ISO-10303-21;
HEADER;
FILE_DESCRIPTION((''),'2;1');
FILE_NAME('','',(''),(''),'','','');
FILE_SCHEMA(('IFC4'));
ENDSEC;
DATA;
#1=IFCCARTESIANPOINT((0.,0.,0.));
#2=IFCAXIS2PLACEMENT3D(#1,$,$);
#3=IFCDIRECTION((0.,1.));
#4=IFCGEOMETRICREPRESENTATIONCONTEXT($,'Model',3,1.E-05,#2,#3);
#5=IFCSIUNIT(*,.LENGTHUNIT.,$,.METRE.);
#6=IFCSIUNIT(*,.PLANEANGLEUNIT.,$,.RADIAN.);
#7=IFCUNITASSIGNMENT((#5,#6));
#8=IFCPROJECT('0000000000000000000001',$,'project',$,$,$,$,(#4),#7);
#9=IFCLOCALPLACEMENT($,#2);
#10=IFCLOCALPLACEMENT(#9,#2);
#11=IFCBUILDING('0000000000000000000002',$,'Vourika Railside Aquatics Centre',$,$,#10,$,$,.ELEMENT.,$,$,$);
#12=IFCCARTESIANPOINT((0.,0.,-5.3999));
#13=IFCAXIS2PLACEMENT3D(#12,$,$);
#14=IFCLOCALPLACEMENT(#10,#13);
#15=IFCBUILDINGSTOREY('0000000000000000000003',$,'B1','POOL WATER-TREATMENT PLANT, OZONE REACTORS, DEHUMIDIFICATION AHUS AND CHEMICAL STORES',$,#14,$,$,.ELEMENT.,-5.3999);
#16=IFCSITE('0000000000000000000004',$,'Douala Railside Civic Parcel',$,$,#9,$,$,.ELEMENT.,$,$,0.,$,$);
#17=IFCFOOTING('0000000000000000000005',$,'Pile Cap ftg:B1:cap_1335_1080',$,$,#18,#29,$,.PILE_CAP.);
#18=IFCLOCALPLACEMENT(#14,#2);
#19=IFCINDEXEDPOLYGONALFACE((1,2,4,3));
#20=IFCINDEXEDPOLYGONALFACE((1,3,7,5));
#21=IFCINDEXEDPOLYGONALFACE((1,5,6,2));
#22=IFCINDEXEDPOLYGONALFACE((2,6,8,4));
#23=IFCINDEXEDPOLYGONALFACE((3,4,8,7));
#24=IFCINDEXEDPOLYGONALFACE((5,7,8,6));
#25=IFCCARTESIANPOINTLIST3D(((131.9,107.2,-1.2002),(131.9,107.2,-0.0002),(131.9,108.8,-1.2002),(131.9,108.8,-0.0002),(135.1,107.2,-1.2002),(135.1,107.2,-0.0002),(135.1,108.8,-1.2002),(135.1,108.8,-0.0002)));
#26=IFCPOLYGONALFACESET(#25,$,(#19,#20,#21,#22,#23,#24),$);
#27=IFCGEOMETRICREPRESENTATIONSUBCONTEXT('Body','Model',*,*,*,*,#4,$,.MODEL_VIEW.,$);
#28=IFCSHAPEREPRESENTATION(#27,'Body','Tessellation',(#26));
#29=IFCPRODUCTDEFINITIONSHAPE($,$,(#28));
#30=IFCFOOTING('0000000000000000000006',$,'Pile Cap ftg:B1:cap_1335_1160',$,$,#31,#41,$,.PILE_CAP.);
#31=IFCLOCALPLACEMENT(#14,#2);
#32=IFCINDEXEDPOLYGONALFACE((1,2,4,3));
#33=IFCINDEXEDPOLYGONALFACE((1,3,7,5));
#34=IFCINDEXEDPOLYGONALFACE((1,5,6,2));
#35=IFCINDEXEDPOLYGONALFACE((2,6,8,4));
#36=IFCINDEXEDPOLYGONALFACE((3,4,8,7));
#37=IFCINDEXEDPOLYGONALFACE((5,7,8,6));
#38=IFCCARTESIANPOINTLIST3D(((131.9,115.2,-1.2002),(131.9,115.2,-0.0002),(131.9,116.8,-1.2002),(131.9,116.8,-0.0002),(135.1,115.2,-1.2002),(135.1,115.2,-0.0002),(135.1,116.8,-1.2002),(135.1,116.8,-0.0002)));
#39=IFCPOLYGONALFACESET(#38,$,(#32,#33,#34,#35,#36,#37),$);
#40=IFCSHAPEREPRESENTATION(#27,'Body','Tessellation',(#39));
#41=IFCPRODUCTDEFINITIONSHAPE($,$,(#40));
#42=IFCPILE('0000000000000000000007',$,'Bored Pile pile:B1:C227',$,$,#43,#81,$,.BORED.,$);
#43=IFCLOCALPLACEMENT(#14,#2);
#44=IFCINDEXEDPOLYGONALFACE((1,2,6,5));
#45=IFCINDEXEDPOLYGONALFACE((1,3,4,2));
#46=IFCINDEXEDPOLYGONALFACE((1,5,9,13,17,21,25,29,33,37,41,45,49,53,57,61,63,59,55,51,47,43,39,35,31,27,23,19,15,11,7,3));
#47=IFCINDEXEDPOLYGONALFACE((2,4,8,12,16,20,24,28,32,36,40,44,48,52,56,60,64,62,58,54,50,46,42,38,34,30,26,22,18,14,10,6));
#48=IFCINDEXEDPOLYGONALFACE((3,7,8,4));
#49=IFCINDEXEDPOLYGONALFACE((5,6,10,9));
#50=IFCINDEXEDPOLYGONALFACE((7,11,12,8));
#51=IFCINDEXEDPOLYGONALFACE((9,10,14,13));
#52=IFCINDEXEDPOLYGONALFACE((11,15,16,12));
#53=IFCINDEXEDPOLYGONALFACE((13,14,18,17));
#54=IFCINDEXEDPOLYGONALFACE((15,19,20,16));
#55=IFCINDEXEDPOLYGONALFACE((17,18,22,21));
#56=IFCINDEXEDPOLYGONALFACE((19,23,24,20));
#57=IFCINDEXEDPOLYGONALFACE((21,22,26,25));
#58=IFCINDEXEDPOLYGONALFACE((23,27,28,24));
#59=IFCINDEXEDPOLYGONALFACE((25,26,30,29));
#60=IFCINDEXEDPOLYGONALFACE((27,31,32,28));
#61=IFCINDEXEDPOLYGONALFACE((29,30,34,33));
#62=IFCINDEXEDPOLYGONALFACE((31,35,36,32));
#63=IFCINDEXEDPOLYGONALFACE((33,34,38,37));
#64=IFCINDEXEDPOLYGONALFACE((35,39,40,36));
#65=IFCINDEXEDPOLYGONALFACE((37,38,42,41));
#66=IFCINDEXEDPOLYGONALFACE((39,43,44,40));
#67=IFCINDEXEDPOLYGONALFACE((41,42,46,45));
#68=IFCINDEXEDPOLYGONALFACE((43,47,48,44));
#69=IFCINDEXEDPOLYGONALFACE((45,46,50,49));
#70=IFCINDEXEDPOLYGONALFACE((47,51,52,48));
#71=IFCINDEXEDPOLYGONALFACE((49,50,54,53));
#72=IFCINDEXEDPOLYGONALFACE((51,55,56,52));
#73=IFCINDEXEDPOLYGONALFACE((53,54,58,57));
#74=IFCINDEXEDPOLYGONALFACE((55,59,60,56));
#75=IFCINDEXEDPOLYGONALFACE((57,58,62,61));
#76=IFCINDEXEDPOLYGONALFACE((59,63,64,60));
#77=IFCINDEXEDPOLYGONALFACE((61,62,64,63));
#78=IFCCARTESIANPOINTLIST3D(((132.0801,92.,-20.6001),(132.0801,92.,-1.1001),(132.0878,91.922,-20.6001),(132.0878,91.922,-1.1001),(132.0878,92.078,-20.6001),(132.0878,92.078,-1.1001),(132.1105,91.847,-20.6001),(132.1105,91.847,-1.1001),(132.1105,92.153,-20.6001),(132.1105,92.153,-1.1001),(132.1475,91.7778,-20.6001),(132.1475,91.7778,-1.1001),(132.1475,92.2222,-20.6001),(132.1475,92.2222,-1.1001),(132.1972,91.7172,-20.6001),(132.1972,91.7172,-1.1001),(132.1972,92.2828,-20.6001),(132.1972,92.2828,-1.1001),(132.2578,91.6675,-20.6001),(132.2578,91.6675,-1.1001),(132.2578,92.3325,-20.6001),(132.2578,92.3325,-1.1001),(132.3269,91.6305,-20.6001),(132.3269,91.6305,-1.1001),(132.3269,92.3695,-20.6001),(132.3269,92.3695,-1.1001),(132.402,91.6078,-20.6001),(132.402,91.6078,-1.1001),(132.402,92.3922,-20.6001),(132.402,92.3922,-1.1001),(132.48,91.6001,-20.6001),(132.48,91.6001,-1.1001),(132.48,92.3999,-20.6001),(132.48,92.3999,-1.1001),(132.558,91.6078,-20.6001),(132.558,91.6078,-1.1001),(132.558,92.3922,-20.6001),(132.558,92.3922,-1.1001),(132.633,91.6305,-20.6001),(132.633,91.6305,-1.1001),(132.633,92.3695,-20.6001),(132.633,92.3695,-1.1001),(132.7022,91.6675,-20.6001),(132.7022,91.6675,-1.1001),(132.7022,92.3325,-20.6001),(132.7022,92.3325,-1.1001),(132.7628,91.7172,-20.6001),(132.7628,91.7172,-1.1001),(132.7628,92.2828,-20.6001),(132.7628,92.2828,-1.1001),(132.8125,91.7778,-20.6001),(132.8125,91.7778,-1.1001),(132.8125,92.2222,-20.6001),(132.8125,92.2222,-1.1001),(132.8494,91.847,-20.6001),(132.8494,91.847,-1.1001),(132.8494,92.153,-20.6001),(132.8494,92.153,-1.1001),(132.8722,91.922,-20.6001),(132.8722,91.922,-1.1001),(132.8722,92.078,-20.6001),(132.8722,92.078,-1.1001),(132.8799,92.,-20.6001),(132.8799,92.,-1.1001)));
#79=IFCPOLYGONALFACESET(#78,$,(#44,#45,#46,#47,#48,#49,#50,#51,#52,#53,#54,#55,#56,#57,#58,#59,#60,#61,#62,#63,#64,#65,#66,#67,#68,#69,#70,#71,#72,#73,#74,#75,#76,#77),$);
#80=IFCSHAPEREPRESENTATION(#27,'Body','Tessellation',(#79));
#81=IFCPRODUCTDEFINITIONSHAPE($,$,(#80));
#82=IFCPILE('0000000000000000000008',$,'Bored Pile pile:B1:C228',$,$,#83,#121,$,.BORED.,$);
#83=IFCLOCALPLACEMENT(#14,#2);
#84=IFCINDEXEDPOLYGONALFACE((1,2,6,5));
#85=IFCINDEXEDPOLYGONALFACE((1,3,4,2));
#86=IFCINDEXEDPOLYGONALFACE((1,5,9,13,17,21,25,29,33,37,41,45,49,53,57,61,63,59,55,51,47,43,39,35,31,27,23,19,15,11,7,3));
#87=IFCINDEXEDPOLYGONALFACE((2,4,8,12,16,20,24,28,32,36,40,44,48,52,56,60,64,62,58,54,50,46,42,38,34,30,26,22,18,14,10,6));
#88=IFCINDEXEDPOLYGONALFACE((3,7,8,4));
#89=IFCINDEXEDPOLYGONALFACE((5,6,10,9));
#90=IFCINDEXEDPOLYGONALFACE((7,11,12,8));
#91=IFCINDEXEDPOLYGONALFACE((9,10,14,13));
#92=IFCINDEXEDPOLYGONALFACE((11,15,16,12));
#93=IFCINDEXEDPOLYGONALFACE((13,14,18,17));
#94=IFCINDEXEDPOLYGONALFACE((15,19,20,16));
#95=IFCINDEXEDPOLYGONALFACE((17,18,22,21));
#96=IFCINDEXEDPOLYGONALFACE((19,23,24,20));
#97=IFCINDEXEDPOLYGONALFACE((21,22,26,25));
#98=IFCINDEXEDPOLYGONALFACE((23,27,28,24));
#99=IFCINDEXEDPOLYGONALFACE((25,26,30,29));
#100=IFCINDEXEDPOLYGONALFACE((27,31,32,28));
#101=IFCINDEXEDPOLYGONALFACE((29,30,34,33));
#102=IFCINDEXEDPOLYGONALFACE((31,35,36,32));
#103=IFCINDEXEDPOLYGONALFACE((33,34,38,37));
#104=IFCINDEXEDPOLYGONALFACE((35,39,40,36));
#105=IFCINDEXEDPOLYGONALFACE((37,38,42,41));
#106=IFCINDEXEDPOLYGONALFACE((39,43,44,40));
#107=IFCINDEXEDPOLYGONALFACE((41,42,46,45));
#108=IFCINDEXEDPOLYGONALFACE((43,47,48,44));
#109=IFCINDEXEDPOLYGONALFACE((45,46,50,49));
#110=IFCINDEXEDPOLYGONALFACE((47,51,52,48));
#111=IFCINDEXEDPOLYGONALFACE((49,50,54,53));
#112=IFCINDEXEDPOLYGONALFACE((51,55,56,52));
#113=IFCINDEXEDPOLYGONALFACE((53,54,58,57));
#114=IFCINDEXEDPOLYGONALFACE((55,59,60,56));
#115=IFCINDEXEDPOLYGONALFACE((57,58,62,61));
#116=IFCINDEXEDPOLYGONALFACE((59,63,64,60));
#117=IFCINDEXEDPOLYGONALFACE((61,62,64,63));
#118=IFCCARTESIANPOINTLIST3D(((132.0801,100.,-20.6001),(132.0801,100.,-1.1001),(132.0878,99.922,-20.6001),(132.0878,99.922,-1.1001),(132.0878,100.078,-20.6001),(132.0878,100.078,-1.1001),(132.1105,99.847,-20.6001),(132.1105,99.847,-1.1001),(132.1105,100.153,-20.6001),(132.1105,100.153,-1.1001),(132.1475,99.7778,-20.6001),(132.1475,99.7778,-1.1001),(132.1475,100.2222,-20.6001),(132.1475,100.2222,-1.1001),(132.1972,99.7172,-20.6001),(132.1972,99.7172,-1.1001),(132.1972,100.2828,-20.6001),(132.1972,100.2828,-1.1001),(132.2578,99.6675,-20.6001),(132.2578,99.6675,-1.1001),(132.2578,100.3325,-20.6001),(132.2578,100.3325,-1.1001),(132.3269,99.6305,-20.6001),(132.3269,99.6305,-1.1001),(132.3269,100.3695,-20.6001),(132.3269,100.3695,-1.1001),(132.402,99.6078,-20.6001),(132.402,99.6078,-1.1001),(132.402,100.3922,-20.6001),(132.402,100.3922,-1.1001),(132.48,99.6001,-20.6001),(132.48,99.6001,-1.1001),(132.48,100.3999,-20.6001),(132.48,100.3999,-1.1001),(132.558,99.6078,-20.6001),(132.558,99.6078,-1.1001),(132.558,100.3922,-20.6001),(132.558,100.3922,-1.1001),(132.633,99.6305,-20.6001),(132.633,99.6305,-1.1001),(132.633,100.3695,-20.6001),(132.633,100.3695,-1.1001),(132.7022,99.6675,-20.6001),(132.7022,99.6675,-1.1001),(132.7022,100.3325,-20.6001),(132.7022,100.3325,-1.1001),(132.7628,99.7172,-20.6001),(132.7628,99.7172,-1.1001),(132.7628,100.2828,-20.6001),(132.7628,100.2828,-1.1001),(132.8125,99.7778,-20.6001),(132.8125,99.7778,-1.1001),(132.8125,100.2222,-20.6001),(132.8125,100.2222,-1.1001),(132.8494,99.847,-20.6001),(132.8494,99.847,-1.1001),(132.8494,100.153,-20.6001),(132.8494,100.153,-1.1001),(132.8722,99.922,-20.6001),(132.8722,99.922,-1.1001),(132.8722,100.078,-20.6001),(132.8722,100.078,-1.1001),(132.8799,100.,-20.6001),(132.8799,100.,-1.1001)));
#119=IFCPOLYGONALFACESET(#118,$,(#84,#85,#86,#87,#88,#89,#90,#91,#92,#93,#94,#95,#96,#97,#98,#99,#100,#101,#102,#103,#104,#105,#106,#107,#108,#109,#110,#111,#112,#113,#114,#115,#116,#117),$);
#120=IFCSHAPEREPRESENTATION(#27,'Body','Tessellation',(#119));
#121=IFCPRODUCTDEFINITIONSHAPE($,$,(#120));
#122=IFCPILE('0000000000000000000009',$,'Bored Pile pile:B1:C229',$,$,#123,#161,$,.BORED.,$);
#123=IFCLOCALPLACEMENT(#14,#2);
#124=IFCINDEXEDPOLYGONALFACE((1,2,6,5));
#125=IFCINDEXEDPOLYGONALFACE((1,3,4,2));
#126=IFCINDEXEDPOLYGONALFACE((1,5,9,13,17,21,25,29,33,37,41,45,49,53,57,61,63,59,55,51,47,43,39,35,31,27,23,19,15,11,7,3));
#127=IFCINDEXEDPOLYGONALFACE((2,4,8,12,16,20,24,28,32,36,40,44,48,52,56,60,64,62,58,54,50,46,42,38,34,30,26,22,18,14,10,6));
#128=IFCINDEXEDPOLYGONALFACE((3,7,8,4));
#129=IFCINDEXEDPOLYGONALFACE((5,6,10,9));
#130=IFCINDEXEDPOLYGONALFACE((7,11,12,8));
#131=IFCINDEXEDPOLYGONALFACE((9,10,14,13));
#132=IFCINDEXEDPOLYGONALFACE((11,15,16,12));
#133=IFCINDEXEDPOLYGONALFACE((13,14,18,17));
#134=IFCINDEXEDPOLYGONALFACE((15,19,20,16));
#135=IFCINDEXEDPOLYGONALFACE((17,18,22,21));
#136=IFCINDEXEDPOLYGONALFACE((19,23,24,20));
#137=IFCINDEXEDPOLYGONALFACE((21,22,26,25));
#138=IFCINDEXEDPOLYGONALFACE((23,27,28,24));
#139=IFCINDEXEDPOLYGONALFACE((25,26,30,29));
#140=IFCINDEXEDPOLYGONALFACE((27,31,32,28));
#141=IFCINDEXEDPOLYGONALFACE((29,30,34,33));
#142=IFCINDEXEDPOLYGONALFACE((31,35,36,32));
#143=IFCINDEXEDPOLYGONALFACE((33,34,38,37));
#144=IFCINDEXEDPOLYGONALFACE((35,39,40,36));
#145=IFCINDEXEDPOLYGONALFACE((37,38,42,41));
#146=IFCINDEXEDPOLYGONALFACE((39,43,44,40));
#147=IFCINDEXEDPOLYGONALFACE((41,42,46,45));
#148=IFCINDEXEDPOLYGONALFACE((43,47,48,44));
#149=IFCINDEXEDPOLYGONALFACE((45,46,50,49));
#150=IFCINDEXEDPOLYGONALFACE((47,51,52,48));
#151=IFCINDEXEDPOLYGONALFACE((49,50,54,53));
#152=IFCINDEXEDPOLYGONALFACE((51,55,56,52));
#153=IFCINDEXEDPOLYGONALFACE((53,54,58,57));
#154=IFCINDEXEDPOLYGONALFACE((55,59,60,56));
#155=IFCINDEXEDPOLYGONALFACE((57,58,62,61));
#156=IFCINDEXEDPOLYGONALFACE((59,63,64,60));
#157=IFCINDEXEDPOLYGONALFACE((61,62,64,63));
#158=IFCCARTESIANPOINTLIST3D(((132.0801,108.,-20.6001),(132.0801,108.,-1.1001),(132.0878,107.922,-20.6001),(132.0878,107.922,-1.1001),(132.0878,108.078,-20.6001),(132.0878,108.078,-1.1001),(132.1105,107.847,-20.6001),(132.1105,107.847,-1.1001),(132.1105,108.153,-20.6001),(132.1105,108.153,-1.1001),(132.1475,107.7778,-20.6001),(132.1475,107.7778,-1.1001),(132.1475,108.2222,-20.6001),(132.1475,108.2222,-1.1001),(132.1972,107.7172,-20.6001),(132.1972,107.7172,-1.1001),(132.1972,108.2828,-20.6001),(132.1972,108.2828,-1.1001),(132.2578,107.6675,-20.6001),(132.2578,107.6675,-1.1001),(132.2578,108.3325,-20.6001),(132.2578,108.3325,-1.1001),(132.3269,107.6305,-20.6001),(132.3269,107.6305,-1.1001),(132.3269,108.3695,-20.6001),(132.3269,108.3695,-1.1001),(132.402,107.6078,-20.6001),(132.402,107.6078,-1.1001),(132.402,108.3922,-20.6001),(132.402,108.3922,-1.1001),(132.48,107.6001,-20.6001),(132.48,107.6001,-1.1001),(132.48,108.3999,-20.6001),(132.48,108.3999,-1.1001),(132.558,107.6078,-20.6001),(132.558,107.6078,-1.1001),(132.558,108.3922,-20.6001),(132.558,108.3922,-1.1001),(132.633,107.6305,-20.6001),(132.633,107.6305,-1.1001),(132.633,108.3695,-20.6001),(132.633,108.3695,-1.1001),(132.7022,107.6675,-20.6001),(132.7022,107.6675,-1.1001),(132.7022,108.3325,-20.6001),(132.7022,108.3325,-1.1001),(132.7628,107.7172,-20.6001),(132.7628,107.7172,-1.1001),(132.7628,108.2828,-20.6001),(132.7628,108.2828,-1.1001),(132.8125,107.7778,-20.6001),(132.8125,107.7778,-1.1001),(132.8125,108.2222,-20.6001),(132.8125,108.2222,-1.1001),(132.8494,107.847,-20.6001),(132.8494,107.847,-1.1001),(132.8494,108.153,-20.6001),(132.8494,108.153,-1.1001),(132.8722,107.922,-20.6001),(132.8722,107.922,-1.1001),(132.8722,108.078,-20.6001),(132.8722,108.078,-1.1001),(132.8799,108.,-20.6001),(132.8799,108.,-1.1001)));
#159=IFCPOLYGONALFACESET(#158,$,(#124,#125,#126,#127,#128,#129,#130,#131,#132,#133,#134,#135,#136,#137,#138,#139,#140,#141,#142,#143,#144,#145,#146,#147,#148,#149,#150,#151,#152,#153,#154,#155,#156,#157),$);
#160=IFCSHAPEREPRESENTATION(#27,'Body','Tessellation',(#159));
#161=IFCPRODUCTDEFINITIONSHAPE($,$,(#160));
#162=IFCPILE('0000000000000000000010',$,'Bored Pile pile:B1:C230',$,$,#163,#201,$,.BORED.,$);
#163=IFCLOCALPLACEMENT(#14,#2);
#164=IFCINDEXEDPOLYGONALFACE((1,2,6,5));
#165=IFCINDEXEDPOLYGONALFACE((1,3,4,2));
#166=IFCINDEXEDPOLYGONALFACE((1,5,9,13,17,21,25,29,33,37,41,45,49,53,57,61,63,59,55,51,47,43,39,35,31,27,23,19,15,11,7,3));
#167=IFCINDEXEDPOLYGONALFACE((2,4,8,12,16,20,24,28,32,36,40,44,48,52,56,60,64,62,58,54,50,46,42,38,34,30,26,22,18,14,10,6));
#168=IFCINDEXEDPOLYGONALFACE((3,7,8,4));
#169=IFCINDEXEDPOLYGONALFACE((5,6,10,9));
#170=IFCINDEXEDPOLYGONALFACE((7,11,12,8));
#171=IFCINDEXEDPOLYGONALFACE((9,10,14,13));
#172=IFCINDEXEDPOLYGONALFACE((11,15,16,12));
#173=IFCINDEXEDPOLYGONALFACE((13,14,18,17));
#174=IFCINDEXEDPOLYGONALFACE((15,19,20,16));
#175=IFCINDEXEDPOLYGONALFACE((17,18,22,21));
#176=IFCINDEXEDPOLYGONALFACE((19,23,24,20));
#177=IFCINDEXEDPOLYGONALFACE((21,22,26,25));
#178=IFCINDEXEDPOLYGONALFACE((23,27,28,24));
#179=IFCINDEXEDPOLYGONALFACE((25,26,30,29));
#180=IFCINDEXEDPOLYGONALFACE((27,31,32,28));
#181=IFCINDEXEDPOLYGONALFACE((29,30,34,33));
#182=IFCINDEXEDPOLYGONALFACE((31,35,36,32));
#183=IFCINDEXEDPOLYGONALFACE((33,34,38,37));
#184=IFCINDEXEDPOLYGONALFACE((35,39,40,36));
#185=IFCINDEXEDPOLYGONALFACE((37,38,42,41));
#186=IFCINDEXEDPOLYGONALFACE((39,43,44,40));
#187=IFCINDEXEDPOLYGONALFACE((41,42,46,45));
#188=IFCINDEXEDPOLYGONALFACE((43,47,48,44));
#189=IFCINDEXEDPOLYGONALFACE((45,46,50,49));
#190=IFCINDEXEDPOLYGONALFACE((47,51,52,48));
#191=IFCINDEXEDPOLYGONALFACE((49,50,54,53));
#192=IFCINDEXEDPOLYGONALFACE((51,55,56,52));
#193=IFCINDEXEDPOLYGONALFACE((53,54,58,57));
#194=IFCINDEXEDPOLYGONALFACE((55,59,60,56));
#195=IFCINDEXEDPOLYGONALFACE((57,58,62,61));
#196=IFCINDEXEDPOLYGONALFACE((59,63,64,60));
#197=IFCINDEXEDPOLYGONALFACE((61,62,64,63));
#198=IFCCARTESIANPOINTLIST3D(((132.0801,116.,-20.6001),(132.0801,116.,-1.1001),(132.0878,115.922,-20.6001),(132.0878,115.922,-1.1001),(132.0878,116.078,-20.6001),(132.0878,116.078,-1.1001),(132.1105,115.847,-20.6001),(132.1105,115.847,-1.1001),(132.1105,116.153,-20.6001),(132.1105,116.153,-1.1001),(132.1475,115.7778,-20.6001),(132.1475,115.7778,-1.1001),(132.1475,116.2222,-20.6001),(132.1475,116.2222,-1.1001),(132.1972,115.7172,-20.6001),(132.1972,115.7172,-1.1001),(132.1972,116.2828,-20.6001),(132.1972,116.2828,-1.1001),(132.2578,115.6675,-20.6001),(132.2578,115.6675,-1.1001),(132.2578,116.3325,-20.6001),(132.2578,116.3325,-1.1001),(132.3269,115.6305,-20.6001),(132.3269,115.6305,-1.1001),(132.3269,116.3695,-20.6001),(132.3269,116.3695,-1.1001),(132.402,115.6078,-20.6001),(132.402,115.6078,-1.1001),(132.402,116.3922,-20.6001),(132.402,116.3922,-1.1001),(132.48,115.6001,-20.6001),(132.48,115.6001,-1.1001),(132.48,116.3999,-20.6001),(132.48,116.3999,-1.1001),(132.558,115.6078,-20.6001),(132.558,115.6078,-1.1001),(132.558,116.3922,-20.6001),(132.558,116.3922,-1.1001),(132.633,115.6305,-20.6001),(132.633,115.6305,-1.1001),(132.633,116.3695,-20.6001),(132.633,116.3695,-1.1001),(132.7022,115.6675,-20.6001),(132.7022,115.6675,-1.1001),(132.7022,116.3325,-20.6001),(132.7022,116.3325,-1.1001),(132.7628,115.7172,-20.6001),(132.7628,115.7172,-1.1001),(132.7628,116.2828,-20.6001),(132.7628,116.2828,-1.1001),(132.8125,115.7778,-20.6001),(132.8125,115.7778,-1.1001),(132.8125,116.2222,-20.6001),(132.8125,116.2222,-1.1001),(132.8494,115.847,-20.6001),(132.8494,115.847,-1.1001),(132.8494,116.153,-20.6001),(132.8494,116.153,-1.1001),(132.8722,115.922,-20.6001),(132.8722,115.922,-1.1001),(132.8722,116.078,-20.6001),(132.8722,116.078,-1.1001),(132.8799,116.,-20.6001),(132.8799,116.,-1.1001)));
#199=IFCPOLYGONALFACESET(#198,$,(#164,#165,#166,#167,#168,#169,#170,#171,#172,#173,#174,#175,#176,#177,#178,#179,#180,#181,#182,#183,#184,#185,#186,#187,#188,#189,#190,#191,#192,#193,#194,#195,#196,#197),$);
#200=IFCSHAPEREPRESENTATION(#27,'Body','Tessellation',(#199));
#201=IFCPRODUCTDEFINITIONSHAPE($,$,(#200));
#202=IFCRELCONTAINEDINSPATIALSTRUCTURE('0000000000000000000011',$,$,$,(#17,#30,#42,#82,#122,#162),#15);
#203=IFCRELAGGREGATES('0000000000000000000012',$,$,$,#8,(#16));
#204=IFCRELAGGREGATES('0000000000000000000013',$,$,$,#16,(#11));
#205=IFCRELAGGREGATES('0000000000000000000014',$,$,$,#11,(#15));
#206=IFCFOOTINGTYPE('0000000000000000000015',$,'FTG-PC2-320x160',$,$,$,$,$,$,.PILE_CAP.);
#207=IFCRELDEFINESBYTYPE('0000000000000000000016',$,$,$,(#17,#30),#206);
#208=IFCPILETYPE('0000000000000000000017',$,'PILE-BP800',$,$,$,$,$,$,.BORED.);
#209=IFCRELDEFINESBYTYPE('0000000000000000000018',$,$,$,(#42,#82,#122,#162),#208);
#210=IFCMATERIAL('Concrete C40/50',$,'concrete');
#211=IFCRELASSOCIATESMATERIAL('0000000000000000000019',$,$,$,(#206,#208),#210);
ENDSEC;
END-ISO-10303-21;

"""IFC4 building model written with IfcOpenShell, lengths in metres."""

from ifc_helpers import new_model, si_unit, direction, frame, origin, origin_2d, place, context, subcontext, project, spatial, rectangle, circle, extrude, material, material_profile, profile_set, type_object, element, save


model = new_model("IFC4")

# Units and contexts
model_context = context("Model", 3, precision=1e-05, world=origin(), true_north=direction((0.0, 1.0)))
body_context = subcontext(model_context, "Body", "Model", "MODEL_VIEW")
ifc_project = project(units=[si_unit("LENGTHUNIT", "METRE"), si_unit("PLANEANGLEUNIT", "RADIAN")], contexts=[model_context])

# Site, building, storey
site_placement = place(None, origin())
site = spatial("IfcSite", under=ifc_project, at=site_placement, Name="Douala Railside Civic Parcel", CompositionType="ELEMENT", RefElevation=0.0)
building_placement = place(site_placement, origin())
building = spatial("IfcBuilding", under=site, at=building_placement, Name="Vourika Railside Aquatics Centre", CompositionType="ELEMENT")
storey_placement = place(building_placement, frame((0.0, 0.0, -5.3999)))
storey = spatial("IfcBuildingStorey", under=building, at=storey_placement, Name="B1", Description="POOL WATER-TREATMENT PLANT, OZONE REACTORS, DEHUMIDIFICATION AHUS AND CHEMICAL STORES", CompositionType="ELEMENT", Elevation=-5.3999)

# Footings
ifc_material = material(Name="Concrete C40/50", Category="concrete")
footing_type_1 = type_object("IfcFootingType", Name="FTG-PC2-320x160", PredefinedType="PILE_CAP", material=ifc_material)
for number, where, z_axis, x_axis, name in (
    (1, (133.5, 108.0, -1.2002), (0.0, 0.0, 1.0), (1.0, 0.0, 0.0), "Pile Cap ftg:B1:cap_1335_1080"),
    (2, (133.5, 116.0, -1.2002), (0.0, 0.0, 1.0), (1.0, 0.0, 0.0), "Pile Cap ftg:B1:cap_1335_1160"),
):
    element("IfcFooting", number, at=place(storey_placement, frame(where, z_axis=z_axis, x_axis=x_axis)), inside=storey, type_object=footing_type_1, Name=name, PredefinedType="PILE_CAP", context=body_context, shape_type="SweptSolid", body=[
        extrude(rectangle(XDim=3.2, YDim=1.6001, at=origin_2d()), origin(), (0.0, 0.0, 1.0), 1.2),
    ])

# Piles
ifc_material_profile_1 = material_profile(ifc_material, circle(Radius=0.3999, at=origin_2d()), Name="BP 800")
ifc_profile_set_1 = profile_set([ifc_material_profile_1], Name="Concrete C40/50")
pile_type = type_object("IfcPileType", Name="PILE-BP800", PredefinedType="BORED", material=ifc_profile_set_1)
for number, where, z_axis, x_axis, name in (
    (3, (132.48, 92.0, -1.1001), (0.0, 0.0, -1.0), (1.0, 0.0, 0.0), "Bored Pile pile:B1:C227"),
    (4, (132.48, 100.0, -1.1001), (0.0, 0.0, -1.0), (1.0, 0.0, 0.0), "Bored Pile pile:B1:C228"),
    (5, (132.48, 108.0, -1.1001), (0.0, 0.0, -1.0), (1.0, 0.0, 0.0), "Bored Pile pile:B1:C229"),
    (6, (132.48, 116.0, -1.1001), (0.0, 0.0, -1.0), (1.0, 0.0, 0.0), "Bored Pile pile:B1:C230"),
):
    element("IfcPile", number, at=place(storey_placement, frame(where, z_axis=z_axis, x_axis=x_axis)), inside=storey, type_object=pile_type, Name=name, PredefinedType="BORED", context=body_context, shape_type="SweptSolid", body=[
        extrude(circle(Radius=0.3999, at=origin_2d()), origin(), (0.0, 0.0, 1.0), 19.5),
    ])

save(model, "model.ifc")
